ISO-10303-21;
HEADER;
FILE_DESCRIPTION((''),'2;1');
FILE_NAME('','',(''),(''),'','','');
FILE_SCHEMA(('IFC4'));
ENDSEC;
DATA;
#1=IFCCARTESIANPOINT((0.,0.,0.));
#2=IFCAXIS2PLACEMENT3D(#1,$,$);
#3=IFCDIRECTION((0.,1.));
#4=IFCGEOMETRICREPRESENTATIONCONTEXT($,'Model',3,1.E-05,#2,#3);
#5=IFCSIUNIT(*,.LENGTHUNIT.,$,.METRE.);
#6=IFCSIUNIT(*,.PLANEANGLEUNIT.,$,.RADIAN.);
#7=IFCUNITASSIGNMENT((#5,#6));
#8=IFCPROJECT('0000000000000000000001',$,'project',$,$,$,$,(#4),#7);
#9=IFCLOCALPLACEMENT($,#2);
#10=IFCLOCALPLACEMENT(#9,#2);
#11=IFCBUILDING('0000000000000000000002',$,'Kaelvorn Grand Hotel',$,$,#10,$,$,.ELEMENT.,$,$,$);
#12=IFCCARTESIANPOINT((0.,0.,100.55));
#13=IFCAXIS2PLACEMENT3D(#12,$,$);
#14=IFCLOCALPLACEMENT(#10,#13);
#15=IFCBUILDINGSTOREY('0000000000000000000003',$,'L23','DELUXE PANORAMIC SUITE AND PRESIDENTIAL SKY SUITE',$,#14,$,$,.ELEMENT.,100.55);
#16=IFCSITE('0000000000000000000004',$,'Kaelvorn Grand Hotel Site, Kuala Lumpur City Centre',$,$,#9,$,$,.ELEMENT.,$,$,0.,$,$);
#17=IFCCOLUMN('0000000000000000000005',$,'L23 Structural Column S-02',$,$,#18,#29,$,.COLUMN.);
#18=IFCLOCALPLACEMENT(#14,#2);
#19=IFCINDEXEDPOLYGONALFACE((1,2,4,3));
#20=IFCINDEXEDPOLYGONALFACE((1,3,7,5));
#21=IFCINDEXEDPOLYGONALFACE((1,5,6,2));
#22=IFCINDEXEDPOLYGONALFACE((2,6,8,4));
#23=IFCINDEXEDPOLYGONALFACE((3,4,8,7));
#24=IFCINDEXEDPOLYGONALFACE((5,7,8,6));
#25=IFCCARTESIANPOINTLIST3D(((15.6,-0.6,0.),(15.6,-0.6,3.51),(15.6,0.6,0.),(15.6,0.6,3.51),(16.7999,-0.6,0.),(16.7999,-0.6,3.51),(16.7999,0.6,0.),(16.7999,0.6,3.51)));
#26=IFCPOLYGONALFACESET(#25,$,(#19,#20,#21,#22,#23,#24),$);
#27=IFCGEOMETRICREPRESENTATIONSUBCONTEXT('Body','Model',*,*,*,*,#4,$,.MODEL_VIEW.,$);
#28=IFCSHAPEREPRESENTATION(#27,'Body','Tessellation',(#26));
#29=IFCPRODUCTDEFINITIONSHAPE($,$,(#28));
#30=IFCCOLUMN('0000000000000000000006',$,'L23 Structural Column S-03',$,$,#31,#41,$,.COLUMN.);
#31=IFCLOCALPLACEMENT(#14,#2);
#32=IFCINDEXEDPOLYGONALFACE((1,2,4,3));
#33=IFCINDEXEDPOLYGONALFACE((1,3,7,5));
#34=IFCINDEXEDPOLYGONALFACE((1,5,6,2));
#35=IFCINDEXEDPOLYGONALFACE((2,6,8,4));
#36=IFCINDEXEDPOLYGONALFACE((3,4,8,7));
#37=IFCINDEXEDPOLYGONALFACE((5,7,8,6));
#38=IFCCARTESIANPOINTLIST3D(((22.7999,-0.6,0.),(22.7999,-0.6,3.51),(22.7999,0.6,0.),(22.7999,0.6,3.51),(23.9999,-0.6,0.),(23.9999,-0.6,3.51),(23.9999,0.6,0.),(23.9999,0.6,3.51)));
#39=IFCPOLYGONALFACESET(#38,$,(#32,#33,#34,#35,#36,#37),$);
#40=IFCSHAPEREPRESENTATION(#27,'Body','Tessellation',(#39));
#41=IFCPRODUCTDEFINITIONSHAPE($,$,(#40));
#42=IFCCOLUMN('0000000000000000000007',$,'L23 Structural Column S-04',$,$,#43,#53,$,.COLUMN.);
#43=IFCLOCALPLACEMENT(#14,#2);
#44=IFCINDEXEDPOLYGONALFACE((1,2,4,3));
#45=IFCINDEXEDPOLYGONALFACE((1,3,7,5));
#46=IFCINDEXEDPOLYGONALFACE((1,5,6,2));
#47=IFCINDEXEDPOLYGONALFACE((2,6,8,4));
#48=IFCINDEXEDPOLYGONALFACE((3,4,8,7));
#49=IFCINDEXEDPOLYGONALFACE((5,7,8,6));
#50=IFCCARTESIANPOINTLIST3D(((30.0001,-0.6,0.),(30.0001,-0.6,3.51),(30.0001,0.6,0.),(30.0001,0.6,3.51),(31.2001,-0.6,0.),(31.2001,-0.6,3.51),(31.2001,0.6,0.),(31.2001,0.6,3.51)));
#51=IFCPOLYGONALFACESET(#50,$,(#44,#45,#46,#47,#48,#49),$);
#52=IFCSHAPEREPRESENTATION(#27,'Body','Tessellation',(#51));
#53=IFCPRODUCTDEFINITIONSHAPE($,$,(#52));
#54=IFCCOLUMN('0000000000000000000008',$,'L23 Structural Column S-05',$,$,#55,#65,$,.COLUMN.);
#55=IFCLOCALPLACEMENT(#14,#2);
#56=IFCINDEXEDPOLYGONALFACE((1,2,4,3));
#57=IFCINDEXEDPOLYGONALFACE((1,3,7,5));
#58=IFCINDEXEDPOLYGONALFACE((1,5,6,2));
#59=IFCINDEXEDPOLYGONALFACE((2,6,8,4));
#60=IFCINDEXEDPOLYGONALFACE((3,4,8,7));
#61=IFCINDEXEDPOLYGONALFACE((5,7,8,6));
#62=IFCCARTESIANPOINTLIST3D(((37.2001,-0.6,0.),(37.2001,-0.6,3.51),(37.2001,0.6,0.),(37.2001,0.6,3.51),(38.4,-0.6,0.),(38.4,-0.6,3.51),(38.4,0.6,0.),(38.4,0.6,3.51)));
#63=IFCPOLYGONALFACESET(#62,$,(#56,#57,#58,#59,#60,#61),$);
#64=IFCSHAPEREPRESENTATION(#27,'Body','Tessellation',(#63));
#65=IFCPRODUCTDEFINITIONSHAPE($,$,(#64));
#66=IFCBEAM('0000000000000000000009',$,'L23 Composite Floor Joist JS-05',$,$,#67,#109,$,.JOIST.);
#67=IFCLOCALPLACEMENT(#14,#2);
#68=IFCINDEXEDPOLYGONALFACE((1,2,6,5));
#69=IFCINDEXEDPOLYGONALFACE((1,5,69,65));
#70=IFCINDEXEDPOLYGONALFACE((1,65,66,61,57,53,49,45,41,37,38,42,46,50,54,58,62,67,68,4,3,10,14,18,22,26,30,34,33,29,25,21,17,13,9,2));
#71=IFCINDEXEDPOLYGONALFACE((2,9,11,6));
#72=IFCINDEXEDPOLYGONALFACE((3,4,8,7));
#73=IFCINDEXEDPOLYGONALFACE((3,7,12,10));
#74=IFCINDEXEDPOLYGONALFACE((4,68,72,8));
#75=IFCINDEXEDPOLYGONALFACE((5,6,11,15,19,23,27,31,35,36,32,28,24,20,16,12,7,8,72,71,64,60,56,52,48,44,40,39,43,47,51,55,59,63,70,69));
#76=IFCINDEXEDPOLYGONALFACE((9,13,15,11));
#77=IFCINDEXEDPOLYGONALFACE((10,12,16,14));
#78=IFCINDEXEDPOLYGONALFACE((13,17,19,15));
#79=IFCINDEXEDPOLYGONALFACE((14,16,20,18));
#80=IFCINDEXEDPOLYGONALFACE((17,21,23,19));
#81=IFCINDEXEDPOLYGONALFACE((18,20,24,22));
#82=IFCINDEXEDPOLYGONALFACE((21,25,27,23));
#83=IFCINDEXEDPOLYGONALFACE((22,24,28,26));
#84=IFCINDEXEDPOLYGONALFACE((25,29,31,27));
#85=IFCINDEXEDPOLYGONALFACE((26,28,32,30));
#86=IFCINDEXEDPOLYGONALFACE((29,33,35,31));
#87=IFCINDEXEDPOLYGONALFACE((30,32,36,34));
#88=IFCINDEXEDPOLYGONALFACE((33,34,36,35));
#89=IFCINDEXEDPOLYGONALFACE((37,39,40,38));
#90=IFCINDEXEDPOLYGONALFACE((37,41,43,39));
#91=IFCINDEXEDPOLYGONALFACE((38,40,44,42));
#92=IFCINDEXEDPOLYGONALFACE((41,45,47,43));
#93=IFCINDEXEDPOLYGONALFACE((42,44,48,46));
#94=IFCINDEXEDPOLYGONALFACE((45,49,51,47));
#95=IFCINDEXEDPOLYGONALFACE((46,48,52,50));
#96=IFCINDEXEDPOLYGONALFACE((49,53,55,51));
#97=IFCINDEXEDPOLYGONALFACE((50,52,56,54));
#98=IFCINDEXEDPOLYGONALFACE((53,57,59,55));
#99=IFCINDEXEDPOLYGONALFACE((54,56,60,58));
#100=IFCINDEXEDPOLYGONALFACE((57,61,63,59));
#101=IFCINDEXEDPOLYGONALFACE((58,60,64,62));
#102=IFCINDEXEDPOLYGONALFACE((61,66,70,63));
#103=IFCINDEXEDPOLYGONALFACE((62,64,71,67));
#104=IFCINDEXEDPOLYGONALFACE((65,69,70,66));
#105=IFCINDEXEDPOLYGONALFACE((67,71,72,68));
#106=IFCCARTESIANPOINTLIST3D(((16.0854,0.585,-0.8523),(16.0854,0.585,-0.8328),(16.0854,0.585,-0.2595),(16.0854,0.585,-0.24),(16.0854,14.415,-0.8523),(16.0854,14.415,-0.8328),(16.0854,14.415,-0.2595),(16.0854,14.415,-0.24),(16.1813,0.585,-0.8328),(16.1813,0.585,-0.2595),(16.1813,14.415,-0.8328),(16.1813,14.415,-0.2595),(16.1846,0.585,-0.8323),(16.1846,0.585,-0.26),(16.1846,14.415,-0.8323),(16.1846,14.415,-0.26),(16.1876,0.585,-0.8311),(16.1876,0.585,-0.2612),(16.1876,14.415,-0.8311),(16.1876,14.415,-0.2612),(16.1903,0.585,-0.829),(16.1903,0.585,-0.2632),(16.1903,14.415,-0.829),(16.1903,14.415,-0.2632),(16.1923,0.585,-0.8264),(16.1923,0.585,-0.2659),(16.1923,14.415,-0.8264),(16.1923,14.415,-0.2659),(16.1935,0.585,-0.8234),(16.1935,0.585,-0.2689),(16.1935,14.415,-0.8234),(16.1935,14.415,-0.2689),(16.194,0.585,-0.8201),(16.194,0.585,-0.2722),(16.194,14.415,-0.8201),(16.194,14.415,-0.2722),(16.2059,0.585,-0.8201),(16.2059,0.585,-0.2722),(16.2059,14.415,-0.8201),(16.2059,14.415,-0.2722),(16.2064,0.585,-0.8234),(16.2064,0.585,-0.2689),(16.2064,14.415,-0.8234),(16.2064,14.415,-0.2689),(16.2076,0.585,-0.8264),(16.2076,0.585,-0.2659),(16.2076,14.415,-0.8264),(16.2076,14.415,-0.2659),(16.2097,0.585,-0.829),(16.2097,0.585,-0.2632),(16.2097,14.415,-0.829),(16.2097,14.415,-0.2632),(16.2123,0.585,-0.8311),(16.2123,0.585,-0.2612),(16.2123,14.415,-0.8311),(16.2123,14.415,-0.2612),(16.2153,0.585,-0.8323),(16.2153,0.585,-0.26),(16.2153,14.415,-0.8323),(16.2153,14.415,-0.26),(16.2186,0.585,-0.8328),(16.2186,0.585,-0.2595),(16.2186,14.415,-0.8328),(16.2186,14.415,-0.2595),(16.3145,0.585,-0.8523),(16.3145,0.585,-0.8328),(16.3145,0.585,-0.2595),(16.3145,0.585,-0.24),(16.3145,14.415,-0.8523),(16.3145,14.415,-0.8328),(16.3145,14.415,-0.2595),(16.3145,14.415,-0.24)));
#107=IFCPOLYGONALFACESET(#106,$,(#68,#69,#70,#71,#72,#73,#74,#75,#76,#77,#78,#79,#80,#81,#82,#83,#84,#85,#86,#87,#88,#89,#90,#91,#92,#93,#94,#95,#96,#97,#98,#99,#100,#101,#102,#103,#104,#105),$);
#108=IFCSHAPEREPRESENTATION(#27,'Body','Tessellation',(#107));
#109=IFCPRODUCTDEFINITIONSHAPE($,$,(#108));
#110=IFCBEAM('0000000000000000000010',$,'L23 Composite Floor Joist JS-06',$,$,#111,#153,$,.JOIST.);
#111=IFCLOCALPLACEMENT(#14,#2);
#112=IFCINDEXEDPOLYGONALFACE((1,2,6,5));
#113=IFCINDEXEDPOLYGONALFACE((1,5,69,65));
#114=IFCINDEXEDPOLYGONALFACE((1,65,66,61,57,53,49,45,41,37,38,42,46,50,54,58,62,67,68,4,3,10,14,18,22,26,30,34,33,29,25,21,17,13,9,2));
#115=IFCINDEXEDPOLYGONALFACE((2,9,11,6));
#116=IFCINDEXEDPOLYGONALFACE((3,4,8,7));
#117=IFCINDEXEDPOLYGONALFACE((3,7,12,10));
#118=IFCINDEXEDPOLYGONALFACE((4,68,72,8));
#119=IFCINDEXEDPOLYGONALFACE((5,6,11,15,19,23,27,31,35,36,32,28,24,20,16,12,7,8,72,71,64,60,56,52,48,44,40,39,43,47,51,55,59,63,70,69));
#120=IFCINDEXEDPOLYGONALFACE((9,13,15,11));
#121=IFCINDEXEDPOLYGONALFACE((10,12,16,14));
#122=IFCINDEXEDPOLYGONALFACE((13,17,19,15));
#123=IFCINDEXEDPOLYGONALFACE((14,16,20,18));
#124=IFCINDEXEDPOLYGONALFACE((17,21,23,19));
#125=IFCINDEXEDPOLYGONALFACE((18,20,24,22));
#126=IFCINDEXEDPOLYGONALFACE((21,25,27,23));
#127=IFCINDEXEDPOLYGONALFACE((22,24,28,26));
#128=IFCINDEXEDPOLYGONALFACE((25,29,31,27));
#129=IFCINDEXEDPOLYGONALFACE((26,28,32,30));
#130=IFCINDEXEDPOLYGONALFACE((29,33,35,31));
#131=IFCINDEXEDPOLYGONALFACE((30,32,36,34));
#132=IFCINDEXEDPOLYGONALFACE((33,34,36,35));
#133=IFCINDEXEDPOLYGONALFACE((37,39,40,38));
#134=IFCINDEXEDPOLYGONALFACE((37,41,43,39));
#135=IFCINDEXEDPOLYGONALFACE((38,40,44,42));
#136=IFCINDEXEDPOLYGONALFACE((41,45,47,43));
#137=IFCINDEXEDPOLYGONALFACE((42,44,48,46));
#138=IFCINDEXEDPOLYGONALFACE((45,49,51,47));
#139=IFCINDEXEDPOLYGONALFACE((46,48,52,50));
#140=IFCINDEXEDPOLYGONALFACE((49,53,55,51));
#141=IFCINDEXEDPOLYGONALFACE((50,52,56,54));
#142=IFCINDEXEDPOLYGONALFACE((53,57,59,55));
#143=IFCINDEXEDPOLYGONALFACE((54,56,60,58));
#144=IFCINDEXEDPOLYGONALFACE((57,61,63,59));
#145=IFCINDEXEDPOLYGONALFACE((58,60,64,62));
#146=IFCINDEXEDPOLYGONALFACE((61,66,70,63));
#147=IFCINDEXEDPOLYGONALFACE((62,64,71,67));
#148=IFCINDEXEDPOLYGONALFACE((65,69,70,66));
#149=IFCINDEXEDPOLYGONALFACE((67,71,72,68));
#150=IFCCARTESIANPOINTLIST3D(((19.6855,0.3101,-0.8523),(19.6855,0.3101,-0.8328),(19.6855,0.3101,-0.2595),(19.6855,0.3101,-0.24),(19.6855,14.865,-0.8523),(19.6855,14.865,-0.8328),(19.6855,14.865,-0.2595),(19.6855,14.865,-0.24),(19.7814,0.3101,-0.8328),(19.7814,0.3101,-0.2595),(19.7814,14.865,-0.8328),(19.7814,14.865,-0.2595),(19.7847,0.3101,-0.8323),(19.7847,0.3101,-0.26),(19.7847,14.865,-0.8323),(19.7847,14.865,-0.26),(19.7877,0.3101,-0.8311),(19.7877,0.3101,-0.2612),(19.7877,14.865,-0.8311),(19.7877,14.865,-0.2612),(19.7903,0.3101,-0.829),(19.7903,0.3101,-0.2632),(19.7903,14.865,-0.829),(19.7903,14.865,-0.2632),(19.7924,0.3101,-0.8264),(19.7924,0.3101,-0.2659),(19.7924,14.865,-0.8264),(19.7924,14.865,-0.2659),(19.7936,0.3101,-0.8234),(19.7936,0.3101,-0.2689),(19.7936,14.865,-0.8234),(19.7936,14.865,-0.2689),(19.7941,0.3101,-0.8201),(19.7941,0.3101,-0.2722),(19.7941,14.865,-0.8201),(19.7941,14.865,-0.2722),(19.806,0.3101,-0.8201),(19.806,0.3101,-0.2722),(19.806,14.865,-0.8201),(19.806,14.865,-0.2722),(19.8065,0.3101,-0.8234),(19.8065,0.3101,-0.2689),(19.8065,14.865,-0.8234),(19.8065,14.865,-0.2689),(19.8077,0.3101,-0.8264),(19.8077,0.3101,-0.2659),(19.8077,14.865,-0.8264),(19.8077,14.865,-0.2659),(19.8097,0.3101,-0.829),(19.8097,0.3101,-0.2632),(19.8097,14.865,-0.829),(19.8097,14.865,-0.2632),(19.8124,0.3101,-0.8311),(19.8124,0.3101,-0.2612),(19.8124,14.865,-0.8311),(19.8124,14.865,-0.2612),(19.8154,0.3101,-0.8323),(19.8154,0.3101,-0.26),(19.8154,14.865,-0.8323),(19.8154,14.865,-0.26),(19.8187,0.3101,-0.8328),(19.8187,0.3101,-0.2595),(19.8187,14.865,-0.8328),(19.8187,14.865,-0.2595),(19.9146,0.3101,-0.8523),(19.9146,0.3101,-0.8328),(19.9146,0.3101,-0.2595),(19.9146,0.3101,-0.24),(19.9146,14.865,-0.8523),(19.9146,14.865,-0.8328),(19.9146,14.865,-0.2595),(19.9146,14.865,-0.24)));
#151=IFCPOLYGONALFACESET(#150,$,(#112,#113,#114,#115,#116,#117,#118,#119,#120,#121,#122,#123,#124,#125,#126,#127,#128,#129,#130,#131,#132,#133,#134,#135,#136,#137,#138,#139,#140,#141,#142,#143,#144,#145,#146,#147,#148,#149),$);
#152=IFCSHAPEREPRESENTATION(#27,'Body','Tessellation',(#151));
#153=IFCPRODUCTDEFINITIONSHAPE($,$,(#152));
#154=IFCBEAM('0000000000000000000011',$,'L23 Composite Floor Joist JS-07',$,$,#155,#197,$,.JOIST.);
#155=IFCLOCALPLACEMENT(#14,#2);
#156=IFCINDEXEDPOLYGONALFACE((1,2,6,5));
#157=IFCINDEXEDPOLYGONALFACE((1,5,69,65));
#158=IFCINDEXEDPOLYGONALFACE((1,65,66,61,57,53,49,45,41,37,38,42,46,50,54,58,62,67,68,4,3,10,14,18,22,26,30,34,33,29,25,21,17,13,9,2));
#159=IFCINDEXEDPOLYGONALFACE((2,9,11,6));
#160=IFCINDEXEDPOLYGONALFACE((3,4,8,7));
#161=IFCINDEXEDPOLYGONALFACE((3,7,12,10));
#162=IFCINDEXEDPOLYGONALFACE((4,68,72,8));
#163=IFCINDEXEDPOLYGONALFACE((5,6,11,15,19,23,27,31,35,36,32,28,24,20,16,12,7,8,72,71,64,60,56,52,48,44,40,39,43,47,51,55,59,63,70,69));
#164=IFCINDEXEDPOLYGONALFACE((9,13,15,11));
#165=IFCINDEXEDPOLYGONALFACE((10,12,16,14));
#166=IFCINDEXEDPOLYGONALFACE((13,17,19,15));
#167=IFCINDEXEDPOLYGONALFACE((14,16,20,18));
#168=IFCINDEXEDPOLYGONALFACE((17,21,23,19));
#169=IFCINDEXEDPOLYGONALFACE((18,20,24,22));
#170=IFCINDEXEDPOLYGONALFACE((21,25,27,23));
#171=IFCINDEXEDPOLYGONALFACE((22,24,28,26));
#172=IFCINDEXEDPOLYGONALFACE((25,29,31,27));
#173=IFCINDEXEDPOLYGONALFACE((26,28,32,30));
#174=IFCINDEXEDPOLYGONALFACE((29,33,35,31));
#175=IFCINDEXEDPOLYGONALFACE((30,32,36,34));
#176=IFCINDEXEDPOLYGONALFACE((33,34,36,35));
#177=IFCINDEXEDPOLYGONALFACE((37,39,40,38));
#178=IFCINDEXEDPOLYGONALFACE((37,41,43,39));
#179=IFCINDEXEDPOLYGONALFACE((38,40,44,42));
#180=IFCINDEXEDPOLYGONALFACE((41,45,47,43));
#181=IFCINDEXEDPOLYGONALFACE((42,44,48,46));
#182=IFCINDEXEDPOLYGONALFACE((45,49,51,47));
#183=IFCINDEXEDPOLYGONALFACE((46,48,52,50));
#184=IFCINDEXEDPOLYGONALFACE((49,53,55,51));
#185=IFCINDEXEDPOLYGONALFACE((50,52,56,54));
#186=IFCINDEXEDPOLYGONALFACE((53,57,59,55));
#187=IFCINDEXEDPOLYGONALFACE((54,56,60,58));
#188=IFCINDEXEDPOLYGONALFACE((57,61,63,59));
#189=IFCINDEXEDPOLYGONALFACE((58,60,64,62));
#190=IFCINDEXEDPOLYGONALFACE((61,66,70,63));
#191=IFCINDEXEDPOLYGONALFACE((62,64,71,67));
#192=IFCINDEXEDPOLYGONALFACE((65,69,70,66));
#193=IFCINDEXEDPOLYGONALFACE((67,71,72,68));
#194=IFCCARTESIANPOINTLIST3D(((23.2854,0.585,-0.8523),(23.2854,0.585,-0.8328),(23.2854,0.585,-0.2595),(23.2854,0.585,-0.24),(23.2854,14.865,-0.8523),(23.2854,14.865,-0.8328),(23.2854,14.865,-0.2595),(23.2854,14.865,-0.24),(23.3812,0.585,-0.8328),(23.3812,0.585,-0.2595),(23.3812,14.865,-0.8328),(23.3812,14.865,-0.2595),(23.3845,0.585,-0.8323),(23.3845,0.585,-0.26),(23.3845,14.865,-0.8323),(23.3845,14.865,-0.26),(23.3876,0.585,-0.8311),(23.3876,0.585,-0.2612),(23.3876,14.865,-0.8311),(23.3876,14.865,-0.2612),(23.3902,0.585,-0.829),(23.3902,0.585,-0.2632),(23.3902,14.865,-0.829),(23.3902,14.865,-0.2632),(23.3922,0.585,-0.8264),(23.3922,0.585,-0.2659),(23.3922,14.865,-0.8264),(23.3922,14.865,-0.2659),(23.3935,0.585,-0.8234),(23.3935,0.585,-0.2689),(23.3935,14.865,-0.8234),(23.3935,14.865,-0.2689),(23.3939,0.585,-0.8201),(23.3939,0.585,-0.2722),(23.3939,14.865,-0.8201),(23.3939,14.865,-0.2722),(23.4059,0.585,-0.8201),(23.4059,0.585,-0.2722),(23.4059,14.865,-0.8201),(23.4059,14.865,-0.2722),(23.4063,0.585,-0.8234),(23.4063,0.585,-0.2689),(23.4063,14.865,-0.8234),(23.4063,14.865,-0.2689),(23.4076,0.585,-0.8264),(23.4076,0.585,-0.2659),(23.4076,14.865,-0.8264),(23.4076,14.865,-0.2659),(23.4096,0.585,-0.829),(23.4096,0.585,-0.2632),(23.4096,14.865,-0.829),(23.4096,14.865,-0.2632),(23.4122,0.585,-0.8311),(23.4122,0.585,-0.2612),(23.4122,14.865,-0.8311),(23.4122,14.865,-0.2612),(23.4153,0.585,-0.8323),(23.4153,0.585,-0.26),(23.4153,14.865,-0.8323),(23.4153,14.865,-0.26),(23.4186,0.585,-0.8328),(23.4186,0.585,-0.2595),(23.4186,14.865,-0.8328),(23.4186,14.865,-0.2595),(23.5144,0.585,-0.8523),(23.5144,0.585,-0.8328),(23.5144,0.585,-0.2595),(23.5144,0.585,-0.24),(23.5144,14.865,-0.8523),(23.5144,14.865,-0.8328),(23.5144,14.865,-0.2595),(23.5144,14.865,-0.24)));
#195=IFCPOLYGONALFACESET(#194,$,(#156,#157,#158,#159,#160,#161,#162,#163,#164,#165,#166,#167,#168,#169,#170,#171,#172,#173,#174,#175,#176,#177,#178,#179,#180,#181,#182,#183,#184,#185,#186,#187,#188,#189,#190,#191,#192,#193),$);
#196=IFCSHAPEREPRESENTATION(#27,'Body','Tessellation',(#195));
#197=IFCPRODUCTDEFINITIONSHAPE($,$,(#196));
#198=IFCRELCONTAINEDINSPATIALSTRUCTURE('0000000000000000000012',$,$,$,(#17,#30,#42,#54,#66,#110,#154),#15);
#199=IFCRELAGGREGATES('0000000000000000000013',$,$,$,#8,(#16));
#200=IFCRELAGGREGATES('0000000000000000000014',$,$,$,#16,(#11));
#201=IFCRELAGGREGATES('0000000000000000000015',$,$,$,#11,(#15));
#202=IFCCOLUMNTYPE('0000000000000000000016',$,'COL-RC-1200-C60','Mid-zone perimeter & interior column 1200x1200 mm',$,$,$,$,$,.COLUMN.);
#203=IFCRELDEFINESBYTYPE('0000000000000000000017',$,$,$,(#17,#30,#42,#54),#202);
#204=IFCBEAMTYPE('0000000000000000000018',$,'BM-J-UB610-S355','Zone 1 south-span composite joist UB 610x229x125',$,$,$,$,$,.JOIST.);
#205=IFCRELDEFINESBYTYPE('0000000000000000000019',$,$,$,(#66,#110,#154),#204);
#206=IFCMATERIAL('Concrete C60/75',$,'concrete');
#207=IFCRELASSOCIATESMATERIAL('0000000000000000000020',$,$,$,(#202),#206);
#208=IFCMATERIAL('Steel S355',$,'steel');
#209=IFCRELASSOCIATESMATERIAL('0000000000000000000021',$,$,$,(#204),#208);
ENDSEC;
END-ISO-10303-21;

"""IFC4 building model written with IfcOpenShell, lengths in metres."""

from ifc_helpers import new_model, si_unit, direction, frame, origin, origin_2d, place, context, subcontext, project, spatial, rectangle, i_section, extrude, material, material_profile, profile_set, type_object, element, save


model = new_model("IFC4")

# Units and contexts
model_context = context("Model", 3, precision=1e-05, world=origin(), true_north=direction((0.0, 1.0)))
body_context = subcontext(model_context, "Body", "Model", "MODEL_VIEW")
ifc_project = project(units=[si_unit("LENGTHUNIT", "METRE"), si_unit("PLANEANGLEUNIT", "RADIAN")], contexts=[model_context])

# Site, building, storey
site_placement = place(None, origin())
site = spatial("IfcSite", under=ifc_project, at=site_placement, Name="Kaelvorn Grand Hotel Site, Kuala Lumpur City Centre", CompositionType="ELEMENT", RefElevation=0.0)
building_placement = place(site_placement, origin())
building = spatial("IfcBuilding", under=site, at=building_placement, Name="Kaelvorn Grand Hotel", CompositionType="ELEMENT")
storey_placement = place(building_placement, frame((0.0, 0.0, 100.55)))
storey = spatial("IfcBuildingStorey", under=building, at=storey_placement, Name="L23", Description="DELUXE PANORAMIC SUITE AND PRESIDENTIAL SKY SUITE", CompositionType="ELEMENT", Elevation=100.55)

# Columns
ifc_material_1 = material(Name="Concrete C60/75", Category="concrete")
ifc_material_profile_1 = material_profile(ifc_material_1, rectangle(XDim=1.2, YDim=1.2, at=origin_2d()), Name="RC COL 1200x1200")
ifc_profile_set_1 = profile_set([ifc_material_profile_1], Name="Concrete C60/75")
column_type = type_object("IfcColumnType", Name="COL-RC-1200-C60", Description="Mid-zone perimeter & interior column 1200x1200 mm", PredefinedType="COLUMN", material=ifc_profile_set_1)
for number, where, z_axis, x_axis, name in (
    (1, (16.2, 0.0, 0.0), (0.0, 0.0, 1.0), (1.0, 0.0, 0.0), "L23 Structural Column S-02"),
    (2, (23.3999, 0.0, 0.0), (0.0, 0.0, 1.0), (1.0, 0.0, 0.0), "L23 Structural Column S-03"),
    (3, (30.6001, 0.0, 0.0), (0.0, 0.0, 1.0), (1.0, 0.0, 0.0), "L23 Structural Column S-04"),
    (4, (37.8, 0.0, 0.0), (0.0, 0.0, 1.0), (1.0, 0.0, 0.0), "L23 Structural Column S-05"),
):
    element("IfcColumn", number, at=place(storey_placement, frame(where, z_axis=z_axis, x_axis=x_axis)), inside=storey, type_object=column_type, Name=name, PredefinedType="COLUMN", context=body_context, shape_type="SweptSolid", body=[
        extrude(rectangle(XDim=1.2, YDim=1.2, at=origin_2d()), origin(), (0.0, 0.0, 1.0), 3.51),
    ])

# Beams
ifc_material_2 = material(Name="Steel S355", Category="steel")
ifc_material_profile_2 = material_profile(ifc_material_2, i_section(OverallWidth=0.229, OverallDepth=0.6123, WebThickness=0.012, FlangeThickness=0.0195, FilletRadius=0.0127, at=origin_2d()), Name="UB 610x229x125")
ifc_profile_set_2 = profile_set([ifc_material_profile_2], Name="Steel S355")
beam_type_1 = type_object("IfcBeamType", Name="BM-J-UB610-S355", Description="Zone 1 south-span composite joist UB 610x229x125", PredefinedType="JOIST", material=ifc_profile_set_2)
beam_1_placement = place(storey_placement, frame((16.2, 0.585, -0.5461), z_axis=(0.0, 1.0, 0.0), x_axis=(-1.0, 0.0, 0.0)))
element("IfcBeam", 5, at=beam_1_placement, inside=storey, type_object=beam_type_1, Name="L23 Composite Floor Joist JS-05", PredefinedType="JOIST", context=body_context, shape_type="SweptSolid", body=[
    extrude(i_section(OverallWidth=0.229, OverallDepth=0.6123, WebThickness=0.012, FlangeThickness=0.0195, FilletRadius=0.0127, at=origin_2d()), origin(), (0.0, 0.0, 1.0), 13.8301),
])
beam_2_placement = place(storey_placement, frame((19.8, 0.3101, -0.5461), z_axis=(0.0, 1.0, 0.0), x_axis=(-1.0, 0.0, 0.0)))
element("IfcBeam", 6, at=beam_2_placement, inside=storey, type_object=beam_type_1, Name="L23 Composite Floor Joist JS-06", PredefinedType="JOIST", context=body_context, shape_type="SweptSolid", body=[
    extrude(i_section(OverallWidth=0.229, OverallDepth=0.6123, WebThickness=0.012, FlangeThickness=0.0195, FilletRadius=0.0127, at=origin_2d()), origin(), (0.0, 0.0, 1.0), 14.5549),
])
for number, where, z_axis, x_axis, name in (
    (7, (23.3999, 0.585, -0.5461), (0.0, 1.0, 0.0), (-1.0, 0.0, 0.0), "L23 Composite Floor Joist JS-07"),
):
    element("IfcBeam", number, at=place(storey_placement, frame(where, z_axis=z_axis, x_axis=x_axis)), inside=storey, type_object=beam_type_1, Name=name, PredefinedType="JOIST", context=body_context, shape_type="SweptSolid", body=[
        extrude(i_section(OverallWidth=0.229, OverallDepth=0.6123, WebThickness=0.012, FlangeThickness=0.0195, FilletRadius=0.0127, at=origin_2d()), origin(), (0.0, 0.0, 1.0), 14.28),
    ])

save(model, "model.ifc")
